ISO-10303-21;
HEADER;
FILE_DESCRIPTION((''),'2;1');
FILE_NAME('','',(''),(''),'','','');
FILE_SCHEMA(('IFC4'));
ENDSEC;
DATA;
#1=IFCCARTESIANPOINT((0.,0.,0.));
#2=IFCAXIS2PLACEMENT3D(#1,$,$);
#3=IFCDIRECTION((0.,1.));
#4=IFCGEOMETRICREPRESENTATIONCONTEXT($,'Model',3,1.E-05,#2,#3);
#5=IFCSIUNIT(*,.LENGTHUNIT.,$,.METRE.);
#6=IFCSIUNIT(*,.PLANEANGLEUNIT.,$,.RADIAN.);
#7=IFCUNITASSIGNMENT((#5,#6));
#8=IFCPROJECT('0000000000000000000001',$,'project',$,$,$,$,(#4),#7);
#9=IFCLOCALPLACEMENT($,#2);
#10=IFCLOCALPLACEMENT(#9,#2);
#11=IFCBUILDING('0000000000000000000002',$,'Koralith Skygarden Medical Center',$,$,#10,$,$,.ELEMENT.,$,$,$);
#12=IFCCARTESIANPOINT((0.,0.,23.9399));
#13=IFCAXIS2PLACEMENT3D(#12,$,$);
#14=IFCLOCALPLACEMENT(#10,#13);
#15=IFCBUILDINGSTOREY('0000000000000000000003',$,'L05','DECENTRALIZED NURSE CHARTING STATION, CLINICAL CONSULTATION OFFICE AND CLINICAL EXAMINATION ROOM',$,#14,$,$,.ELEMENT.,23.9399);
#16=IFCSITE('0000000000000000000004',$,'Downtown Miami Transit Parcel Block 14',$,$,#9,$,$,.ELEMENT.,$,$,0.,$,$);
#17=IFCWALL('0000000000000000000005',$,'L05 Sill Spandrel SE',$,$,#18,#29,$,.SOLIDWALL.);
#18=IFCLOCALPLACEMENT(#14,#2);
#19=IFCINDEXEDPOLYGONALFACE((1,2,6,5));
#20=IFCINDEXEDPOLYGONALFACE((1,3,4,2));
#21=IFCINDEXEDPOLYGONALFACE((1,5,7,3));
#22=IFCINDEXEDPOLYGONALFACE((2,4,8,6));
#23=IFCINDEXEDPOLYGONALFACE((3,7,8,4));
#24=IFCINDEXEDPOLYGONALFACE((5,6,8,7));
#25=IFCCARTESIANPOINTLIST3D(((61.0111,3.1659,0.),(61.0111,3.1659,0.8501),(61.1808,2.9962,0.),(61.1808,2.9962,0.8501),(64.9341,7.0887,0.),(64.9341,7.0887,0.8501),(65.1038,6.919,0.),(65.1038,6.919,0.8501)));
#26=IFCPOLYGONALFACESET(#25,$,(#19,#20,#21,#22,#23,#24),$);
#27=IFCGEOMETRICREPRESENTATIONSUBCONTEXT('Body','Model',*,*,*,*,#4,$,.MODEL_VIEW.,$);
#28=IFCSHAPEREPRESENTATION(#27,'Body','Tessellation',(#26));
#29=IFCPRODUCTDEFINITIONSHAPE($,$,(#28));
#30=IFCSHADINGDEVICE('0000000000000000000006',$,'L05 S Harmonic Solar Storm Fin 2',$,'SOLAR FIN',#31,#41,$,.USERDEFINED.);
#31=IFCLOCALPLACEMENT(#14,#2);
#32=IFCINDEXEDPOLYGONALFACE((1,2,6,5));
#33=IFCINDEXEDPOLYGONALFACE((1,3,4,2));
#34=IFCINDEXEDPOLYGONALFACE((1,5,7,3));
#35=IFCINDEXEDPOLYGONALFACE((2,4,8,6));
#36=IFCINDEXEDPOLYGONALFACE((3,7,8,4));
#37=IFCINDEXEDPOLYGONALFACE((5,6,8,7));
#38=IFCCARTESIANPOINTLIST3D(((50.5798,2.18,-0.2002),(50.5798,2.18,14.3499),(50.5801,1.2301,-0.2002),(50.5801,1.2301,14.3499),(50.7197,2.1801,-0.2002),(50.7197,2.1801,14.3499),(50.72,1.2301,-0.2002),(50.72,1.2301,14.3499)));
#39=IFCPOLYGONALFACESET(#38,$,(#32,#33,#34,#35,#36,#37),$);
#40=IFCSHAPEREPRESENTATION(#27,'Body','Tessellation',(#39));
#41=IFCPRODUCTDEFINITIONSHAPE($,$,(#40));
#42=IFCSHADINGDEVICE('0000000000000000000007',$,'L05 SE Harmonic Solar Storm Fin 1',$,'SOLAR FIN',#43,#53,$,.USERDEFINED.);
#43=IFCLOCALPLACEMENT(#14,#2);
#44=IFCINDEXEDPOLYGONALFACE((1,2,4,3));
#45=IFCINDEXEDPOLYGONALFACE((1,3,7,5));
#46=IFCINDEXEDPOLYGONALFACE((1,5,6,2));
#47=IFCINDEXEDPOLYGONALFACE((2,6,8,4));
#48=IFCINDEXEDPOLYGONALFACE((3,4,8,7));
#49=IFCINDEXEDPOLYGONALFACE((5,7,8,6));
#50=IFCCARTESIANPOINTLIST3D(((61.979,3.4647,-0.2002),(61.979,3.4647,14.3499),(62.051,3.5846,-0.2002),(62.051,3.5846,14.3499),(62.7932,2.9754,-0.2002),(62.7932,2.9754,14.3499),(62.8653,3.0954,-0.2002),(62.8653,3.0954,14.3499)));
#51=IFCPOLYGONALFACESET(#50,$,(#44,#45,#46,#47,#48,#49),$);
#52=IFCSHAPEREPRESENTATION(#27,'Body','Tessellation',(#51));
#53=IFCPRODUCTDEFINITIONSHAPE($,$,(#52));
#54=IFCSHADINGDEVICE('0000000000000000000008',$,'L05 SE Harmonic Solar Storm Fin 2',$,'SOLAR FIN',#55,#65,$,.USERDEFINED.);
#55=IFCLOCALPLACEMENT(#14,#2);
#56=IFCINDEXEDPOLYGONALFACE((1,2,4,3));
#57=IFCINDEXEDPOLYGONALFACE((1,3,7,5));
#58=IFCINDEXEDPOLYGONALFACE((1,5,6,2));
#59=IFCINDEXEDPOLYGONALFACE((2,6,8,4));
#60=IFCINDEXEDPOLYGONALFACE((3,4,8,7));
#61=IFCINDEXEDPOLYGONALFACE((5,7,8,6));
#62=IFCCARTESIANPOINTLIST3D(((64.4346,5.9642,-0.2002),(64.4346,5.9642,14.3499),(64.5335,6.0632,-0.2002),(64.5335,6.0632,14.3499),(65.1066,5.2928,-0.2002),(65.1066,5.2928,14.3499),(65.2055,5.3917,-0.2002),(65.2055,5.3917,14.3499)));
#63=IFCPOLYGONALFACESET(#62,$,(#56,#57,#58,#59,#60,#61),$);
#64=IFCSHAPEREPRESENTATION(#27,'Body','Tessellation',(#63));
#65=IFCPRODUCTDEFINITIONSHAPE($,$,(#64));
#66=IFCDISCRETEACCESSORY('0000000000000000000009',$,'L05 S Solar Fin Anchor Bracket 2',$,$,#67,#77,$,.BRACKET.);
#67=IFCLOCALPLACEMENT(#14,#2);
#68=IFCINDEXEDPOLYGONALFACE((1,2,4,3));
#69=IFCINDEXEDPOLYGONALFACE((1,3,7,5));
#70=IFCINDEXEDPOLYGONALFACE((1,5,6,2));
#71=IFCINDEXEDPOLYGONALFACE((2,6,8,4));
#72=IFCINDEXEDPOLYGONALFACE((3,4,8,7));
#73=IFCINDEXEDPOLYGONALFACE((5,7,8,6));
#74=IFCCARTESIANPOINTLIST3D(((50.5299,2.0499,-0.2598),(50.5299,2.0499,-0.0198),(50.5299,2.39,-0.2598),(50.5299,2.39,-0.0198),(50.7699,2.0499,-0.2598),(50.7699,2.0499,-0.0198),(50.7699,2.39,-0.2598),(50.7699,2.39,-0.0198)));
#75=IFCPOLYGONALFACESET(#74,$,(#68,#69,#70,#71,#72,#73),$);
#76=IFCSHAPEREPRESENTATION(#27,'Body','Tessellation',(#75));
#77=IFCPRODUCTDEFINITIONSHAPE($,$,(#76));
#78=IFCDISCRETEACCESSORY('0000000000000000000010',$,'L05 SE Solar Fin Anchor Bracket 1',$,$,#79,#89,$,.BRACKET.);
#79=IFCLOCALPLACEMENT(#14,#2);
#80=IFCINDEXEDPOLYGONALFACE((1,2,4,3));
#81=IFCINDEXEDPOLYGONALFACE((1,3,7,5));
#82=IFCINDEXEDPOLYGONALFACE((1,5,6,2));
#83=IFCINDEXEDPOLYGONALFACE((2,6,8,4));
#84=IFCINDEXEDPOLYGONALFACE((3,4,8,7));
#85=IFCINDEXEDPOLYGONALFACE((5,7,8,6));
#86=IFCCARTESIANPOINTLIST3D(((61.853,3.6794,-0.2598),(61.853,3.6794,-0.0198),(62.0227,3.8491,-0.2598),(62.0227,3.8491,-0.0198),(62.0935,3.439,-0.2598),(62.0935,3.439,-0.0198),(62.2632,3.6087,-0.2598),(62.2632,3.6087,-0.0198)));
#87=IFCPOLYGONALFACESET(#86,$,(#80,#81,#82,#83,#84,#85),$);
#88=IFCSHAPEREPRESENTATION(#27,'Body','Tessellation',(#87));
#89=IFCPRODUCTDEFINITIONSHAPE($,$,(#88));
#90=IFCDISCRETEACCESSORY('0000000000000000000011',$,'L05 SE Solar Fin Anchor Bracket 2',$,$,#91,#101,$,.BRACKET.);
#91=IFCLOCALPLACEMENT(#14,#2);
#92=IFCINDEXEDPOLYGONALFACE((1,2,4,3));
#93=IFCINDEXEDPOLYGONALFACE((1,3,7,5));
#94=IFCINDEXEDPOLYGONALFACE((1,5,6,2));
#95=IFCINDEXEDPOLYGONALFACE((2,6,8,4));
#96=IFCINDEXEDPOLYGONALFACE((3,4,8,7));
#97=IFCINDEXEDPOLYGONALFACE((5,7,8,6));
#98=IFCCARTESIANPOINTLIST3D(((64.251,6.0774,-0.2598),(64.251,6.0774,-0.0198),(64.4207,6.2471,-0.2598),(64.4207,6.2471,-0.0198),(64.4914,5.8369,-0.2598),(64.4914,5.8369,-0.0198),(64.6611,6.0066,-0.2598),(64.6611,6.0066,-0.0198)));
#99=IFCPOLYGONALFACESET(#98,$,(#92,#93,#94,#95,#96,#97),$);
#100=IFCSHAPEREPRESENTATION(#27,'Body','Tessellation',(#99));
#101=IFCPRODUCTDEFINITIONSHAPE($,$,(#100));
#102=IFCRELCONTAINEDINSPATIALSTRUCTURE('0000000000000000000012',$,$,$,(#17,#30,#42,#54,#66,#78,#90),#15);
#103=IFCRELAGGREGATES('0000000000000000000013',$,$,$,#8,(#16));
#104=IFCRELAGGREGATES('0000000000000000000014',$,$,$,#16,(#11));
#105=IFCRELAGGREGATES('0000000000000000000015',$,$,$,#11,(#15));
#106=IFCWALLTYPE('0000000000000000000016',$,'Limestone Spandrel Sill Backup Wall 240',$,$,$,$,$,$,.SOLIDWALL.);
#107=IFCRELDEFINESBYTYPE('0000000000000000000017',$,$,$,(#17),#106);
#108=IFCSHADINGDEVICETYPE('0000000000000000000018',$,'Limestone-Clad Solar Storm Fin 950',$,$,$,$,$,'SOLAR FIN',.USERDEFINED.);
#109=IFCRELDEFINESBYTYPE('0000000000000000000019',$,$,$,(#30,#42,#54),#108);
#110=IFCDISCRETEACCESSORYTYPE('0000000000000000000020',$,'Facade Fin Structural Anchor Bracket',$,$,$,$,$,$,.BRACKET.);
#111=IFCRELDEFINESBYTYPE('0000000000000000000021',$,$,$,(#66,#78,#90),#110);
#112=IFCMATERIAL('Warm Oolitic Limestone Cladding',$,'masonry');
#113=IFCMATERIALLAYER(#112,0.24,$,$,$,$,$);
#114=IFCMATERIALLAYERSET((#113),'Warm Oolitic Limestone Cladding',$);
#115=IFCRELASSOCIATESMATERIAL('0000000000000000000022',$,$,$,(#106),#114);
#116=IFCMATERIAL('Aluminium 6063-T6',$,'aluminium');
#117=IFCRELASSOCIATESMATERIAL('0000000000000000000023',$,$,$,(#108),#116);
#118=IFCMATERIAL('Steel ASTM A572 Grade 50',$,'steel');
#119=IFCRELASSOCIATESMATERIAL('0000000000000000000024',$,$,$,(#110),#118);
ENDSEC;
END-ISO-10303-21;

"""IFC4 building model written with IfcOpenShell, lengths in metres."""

from ifc_helpers import new_model, si_unit, direction, frame, frame_2d, origin, origin_2d, place, context, subcontext, project, spatial, rectangle, extrude, material, layer, layer_set, type_object, element, save


model = new_model("IFC4")

# Units and contexts
model_context = context("Model", 3, precision=1e-05, world=origin(), true_north=direction((0.0, 1.0)))
body_context = subcontext(model_context, "Body", "Model", "MODEL_VIEW")
ifc_project = project(units=[si_unit("LENGTHUNIT", "METRE"), si_unit("PLANEANGLEUNIT", "RADIAN")], contexts=[model_context])

# Site, building, storey
site_placement = place(None, origin())
site = spatial("IfcSite", under=ifc_project, at=site_placement, Name="Downtown Miami Transit Parcel Block 14", CompositionType="ELEMENT", RefElevation=0.0)
building_placement = place(site_placement, origin())
building = spatial("IfcBuilding", under=site, at=building_placement, Name="Koralith Skygarden Medical Center", CompositionType="ELEMENT")
storey_placement = place(building_placement, frame((0.0, 0.0, 23.9399)))
storey = spatial("IfcBuildingStorey", under=building, at=storey_placement, Name="L05", Description="DECENTRALIZED NURSE CHARTING STATION, CLINICAL CONSULTATION OFFICE AND CLINICAL EXAMINATION ROOM", CompositionType="ELEMENT", Elevation=23.9399)

# Shared definitions
ifc_material_1 = material(Name="Aluminium 6063-T6", Category="aluminium")

# Shared definitions
ifc_material_2 = material(Name="Warm Oolitic Limestone Cladding", Category="masonry")

# Wall
ifc_layer_1 = layer(ifc_material_2, 0.24)
ifc_layer_set_1 = layer_set([ifc_layer_1], Name="Warm Oolitic Limestone Cladding")
wall_type = type_object("IfcWallType", Name="Limestone Spandrel Sill Backup Wall 240", PredefinedType="SOLIDWALL", material=ifc_layer_set_1)
wall_placement = place(storey_placement, frame((61.0959, 3.0811, 0.0), z_axis=(0.0, 0.0, 1.0), x_axis=(0.707129, 0.707085, 0.0)))
element("IfcWall", 1, at=wall_placement, inside=storey, type_object=wall_type, Name="L05 Sill Spandrel SE", PredefinedType="SOLIDWALL", context=body_context, shape_type="SweptSolid", body=[
    extrude(rectangle(XDim=5.5479, YDim=0.24, at=frame_2d((2.7739, 0.0))), origin(), (0.0, 0.0, 1.0), 0.8501),
])

# Shading devices
shading_device_type = type_object("IfcShadingDeviceType", Name="Limestone-Clad Solar Storm Fin 950", ElementType="SOLAR FIN", PredefinedType="USERDEFINED", material=ifc_material_1)
for number, where, z_axis, x_axis, name in (
    (2, (50.6499, 1.7051, -0.2002), (0.0, 0.0, 1.0), (0.000384, -1.0, 0.0), "L05 S Harmonic Solar Storm Fin 2"),
    (3, (62.4221, 3.28, -0.2002), (0.0, 0.0, 1.0), (0.857167, -0.515038, 0.0), "L05 SE Harmonic Solar Storm Fin 1"),
    (4, (64.8201, 5.678, -0.2002), (0.0, 0.0, 1.0), (0.707378, -0.706835, 0.0), "L05 SE Harmonic Solar Storm Fin 2"),
):
    element("IfcShadingDevice", number, at=place(storey_placement, frame(where, z_axis=z_axis, x_axis=x_axis)), inside=storey, type_object=shading_device_type, Name=name, ObjectType="SOLAR FIN", PredefinedType="USERDEFINED", context=body_context, shape_type="SweptSolid", body=[
        extrude(rectangle(XDim=0.95, YDim=0.1399, at=origin_2d()), origin(), (0.0, 0.0, 1.0), 14.55),
    ])

# Discrete accessories
ifc_material_3 = material(Name="Steel ASTM A572 Grade 50", Category="steel")
discrete_accessory_type = type_object("IfcDiscreteAccessoryType", Name="Facade Fin Structural Anchor Bracket", PredefinedType="BRACKET", material=ifc_material_3)
for number, where, z_axis, x_axis, name in (
    (5, (50.6499, 2.22, -0.2598), (0.0, 0.0, 1.0), (0.0, -1.0, 0.0), "L05 S Solar Fin Anchor Bracket 2"),
    (6, (62.0581, 3.644, -0.2598), (0.0, 0.0, 1.0), (0.707107, -0.707107, 0.0), "L05 SE Solar Fin Anchor Bracket 1"),
    (7, (64.4561, 6.042, -0.2598), (0.0, 0.0, 1.0), (0.707107, -0.707107, 0.0), "L05 SE Solar Fin Anchor Bracket 2"),
):
    element("IfcDiscreteAccessory", number, at=place(storey_placement, frame(where, z_axis=z_axis, x_axis=x_axis)), inside=storey, type_object=discrete_accessory_type, Name=name, PredefinedType="BRACKET", context=body_context, shape_type="SweptSolid", body=[
        extrude(rectangle(XDim=0.3401, YDim=0.24, at=origin_2d()), origin(), (0.0, 0.0, 1.0), 0.24),
    ])

save(model, "model.ifc")
